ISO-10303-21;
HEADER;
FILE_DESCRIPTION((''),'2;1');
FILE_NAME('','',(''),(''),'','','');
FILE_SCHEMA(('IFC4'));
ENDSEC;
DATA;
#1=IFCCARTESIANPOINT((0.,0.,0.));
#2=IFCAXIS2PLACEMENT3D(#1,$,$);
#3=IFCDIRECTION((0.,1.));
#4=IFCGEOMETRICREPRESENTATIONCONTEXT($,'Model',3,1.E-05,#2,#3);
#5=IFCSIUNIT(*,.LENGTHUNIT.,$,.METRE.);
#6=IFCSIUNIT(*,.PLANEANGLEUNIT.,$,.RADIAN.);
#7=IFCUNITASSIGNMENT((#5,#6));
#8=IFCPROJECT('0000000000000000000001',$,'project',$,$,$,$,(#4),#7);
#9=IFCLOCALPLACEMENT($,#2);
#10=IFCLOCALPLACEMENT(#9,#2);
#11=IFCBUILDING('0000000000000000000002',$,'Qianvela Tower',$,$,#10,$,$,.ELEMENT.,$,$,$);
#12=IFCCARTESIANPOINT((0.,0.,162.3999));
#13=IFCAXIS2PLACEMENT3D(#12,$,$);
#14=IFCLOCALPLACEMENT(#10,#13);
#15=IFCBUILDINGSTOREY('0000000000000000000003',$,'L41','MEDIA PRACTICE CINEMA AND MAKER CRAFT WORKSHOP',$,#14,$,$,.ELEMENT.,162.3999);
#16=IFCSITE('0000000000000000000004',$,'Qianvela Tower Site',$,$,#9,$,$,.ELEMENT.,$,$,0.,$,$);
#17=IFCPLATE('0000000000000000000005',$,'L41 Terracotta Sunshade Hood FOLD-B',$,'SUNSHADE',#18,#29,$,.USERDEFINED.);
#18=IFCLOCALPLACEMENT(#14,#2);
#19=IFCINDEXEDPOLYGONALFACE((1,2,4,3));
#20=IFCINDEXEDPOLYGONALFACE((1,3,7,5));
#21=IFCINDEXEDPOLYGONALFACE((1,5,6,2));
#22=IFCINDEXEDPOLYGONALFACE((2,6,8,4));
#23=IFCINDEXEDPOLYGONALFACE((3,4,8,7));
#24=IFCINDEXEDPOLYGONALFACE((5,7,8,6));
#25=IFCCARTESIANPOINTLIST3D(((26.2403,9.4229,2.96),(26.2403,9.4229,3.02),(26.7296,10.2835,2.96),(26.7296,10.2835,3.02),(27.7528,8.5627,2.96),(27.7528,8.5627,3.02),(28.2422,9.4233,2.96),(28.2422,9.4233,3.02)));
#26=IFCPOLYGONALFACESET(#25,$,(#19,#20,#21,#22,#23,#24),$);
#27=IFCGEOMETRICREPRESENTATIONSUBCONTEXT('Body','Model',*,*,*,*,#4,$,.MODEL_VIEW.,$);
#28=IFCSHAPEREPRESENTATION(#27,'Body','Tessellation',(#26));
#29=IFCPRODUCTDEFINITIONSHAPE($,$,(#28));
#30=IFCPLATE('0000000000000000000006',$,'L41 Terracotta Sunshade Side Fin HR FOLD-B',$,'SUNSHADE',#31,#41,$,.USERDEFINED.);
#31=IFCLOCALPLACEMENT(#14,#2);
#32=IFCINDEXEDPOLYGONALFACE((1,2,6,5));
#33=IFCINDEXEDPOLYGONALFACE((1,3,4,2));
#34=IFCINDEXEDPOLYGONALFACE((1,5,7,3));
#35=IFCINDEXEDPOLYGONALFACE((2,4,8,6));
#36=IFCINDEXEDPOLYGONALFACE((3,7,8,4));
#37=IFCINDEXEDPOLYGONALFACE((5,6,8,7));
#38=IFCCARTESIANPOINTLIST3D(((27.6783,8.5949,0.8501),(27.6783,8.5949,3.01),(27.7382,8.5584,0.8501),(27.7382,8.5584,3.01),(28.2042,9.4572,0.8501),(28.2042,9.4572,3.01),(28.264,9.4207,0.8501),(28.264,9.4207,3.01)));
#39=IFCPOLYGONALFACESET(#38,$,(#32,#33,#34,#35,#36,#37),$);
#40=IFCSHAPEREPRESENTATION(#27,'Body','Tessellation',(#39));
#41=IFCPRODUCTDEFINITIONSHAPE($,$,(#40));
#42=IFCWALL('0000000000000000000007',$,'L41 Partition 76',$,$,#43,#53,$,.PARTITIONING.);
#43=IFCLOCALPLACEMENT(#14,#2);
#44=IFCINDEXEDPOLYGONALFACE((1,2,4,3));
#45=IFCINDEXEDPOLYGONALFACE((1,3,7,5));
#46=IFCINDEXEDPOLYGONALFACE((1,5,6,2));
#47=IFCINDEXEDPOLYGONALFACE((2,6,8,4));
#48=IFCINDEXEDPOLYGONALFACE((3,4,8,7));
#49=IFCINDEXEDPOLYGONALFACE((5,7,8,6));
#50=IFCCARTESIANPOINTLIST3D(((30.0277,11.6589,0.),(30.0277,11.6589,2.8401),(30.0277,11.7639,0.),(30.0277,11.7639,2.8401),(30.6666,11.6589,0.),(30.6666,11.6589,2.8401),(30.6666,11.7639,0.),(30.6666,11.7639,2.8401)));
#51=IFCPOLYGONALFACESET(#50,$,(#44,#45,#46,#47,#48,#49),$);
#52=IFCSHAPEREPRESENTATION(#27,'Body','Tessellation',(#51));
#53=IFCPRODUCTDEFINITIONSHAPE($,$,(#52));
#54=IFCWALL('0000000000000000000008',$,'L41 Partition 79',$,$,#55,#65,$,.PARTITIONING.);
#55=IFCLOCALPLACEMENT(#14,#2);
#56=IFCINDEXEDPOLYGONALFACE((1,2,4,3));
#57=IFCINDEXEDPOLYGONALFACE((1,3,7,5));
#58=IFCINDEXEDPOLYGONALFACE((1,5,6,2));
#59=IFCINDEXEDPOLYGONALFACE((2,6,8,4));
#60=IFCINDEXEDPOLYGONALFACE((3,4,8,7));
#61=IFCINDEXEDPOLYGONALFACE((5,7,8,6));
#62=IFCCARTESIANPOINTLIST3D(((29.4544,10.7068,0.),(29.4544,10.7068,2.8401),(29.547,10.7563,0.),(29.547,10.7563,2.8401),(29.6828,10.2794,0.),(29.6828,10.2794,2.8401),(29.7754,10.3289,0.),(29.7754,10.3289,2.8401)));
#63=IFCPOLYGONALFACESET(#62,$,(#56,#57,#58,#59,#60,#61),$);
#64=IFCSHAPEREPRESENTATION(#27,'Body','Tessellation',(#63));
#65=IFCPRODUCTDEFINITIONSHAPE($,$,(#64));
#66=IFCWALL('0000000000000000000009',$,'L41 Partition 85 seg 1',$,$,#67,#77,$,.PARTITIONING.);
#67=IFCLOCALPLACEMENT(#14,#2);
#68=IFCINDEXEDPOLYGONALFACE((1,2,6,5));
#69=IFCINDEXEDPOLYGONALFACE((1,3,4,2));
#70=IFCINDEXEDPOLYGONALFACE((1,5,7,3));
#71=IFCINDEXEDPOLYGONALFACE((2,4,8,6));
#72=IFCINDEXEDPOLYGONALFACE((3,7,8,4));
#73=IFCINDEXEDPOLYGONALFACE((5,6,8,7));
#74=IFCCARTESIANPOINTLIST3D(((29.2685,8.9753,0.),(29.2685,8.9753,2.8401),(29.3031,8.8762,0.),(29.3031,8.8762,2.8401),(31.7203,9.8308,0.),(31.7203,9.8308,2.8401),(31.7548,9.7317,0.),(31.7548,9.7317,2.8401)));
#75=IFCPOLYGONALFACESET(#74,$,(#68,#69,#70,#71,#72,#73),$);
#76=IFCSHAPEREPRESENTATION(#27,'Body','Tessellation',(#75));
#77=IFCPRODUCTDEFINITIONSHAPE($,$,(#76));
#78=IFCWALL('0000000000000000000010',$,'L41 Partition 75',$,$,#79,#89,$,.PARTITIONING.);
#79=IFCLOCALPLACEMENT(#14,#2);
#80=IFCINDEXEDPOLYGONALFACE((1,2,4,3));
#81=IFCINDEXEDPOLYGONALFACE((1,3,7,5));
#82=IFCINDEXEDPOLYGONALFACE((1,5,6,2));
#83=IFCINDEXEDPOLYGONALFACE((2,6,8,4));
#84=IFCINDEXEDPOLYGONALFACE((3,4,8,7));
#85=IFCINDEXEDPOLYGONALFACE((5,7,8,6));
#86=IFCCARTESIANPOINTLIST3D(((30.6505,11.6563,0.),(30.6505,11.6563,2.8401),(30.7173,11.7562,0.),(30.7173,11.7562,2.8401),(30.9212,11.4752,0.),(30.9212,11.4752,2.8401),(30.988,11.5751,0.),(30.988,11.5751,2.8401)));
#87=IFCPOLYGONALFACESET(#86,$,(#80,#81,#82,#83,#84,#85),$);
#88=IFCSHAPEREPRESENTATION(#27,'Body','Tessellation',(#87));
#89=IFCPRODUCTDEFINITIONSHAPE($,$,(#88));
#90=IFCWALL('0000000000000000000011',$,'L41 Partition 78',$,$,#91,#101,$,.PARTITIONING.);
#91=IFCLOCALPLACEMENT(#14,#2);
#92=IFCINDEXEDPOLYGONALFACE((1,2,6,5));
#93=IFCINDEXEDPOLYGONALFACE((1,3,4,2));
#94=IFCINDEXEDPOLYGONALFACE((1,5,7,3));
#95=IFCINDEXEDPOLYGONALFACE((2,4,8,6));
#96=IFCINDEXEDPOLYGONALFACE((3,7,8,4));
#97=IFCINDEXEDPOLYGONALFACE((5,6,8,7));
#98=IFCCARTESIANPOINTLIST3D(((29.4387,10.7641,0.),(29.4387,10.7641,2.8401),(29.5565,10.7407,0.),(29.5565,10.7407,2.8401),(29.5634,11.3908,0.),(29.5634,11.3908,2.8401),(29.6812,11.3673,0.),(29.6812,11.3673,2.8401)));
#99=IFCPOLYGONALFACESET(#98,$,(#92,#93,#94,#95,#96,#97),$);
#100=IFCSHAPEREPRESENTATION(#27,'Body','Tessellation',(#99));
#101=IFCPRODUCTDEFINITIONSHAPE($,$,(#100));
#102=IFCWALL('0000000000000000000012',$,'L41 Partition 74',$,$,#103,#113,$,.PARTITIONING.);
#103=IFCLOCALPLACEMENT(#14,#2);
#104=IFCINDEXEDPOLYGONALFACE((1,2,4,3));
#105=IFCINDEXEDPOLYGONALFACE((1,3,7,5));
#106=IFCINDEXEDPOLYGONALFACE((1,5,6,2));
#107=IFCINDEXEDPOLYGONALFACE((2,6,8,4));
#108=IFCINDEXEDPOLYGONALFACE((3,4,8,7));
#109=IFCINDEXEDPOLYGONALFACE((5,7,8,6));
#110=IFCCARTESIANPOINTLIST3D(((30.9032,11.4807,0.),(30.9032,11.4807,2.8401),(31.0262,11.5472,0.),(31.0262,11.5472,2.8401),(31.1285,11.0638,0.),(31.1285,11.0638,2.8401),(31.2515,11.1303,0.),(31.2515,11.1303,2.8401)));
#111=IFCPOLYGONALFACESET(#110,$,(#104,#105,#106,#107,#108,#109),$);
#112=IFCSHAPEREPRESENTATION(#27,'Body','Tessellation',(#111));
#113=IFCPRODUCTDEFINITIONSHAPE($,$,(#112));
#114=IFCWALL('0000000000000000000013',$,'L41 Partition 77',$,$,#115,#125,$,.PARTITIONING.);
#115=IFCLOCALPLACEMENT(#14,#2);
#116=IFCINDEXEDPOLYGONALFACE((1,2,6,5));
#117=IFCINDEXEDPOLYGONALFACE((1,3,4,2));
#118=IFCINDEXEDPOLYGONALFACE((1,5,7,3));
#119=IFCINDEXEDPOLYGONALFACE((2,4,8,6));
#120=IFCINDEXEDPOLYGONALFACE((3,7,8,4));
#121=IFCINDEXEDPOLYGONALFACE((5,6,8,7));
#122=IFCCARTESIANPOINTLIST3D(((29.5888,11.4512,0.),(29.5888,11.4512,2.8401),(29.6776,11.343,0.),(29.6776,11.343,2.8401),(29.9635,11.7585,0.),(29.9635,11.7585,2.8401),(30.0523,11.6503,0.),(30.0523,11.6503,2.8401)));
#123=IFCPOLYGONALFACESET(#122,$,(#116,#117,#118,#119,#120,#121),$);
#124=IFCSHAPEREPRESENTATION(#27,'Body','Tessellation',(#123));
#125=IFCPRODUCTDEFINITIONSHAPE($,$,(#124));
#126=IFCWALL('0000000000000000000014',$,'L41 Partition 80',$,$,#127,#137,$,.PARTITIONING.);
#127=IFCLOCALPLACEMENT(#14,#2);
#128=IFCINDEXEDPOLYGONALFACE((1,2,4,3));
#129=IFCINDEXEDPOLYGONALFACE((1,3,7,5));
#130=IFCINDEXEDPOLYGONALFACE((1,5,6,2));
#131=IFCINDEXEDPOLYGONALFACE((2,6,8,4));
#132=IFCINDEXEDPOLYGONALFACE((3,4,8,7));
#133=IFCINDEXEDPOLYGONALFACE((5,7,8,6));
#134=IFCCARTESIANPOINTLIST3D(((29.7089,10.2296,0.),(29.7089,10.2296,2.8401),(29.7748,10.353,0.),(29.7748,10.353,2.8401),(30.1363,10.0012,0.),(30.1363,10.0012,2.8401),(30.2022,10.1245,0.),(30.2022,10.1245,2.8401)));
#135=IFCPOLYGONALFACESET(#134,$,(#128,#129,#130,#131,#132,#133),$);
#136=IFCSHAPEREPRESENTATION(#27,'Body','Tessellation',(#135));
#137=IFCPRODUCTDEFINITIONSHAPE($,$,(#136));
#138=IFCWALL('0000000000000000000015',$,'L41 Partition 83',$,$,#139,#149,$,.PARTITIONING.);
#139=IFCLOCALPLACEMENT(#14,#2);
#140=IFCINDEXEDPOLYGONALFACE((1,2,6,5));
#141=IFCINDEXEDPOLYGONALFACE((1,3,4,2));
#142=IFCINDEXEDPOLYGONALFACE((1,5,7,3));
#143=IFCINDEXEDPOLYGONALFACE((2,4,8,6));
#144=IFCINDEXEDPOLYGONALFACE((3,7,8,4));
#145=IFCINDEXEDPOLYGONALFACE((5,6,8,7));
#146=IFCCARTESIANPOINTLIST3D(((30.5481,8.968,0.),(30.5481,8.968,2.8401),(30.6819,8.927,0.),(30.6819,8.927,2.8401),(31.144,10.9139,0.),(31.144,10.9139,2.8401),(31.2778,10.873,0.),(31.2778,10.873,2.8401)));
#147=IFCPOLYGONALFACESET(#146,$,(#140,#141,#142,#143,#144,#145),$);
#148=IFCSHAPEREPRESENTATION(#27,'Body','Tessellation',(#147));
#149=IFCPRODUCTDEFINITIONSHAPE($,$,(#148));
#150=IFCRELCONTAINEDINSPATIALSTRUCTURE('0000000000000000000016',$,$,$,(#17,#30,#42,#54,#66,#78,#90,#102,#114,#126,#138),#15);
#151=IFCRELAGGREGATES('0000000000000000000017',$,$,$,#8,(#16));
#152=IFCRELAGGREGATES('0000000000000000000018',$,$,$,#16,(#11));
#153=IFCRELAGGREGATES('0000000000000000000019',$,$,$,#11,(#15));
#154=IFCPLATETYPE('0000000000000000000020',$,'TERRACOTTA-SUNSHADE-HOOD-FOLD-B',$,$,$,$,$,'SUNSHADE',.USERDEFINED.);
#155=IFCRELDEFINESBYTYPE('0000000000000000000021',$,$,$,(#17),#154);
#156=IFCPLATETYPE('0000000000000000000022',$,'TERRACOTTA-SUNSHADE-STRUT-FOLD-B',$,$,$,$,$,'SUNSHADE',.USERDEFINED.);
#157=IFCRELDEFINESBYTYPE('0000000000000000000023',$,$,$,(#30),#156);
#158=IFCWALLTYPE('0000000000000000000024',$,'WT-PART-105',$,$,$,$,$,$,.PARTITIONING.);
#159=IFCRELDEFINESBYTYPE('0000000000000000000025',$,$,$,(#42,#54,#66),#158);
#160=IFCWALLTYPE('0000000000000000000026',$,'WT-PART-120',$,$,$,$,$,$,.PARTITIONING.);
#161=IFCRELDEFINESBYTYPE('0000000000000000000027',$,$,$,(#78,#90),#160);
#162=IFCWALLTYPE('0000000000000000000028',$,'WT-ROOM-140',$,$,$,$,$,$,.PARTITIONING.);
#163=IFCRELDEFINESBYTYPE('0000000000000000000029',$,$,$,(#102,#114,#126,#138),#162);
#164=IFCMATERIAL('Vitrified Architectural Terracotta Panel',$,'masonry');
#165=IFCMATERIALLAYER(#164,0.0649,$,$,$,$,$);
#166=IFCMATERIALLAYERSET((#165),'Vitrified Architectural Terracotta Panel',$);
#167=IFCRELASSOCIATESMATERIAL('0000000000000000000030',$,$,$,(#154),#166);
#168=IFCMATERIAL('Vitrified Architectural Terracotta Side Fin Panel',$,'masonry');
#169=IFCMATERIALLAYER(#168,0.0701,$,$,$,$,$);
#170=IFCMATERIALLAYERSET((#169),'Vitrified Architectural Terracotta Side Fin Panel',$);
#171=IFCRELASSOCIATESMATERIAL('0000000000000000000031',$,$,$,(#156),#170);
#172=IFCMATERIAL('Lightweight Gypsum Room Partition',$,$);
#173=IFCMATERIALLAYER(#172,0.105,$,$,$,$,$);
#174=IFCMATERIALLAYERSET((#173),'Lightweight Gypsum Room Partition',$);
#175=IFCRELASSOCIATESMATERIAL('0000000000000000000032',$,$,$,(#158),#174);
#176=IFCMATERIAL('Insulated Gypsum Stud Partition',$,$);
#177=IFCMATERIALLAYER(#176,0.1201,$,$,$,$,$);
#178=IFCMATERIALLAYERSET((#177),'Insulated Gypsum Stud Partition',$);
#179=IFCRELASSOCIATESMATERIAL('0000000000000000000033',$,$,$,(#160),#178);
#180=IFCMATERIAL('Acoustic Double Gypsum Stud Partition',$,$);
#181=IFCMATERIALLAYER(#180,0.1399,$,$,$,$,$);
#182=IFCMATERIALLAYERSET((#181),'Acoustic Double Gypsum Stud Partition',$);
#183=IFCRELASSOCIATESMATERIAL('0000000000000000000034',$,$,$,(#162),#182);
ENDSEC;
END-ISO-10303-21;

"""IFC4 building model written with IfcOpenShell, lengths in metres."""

from ifc_helpers import new_model, si_unit, direction, frame, frame_2d, origin, origin_2d, place, context, subcontext, project, spatial, rectangle, extrude, material, layer, layer_set, type_object, element, save


model = new_model("IFC4")

# Units and contexts
model_context = context("Model", 3, precision=1e-05, world=origin(), true_north=direction((0.0, 1.0)))
body_context = subcontext(model_context, "Body", "Model", "MODEL_VIEW")
ifc_project = project(units=[si_unit("LENGTHUNIT", "METRE"), si_unit("PLANEANGLEUNIT", "RADIAN")], contexts=[model_context])

# Site, building, storey
site_placement = place(None, origin())
site = spatial("IfcSite", under=ifc_project, at=site_placement, Name="Qianvela Tower Site", CompositionType="ELEMENT", RefElevation=0.0)
building_placement = place(site_placement, origin())
building = spatial("IfcBuilding", under=site, at=building_placement, Name="Qianvela Tower", CompositionType="ELEMENT")
storey_placement = place(building_placement, frame((0.0, 0.0, 162.3999)))
storey = spatial("IfcBuildingStorey", under=building, at=storey_placement, Name="L41", Description="MEDIA PRACTICE CINEMA AND MAKER CRAFT WORKSHOP", CompositionType="ELEMENT", Elevation=162.3999)

# Plates
ifc_material_1 = material(Name="Vitrified Architectural Terracotta Panel", Category="masonry")
ifc_layer_1 = layer(ifc_material_1, 0.0649)
ifc_layer_set_1 = layer_set([ifc_layer_1], Name="Vitrified Architectural Terracotta Panel")
plate_type_1 = type_object("IfcPlateType", Name="TERRACOTTA-SUNSHADE-HOOD-FOLD-B", ElementType="SUNSHADE", PredefinedType="USERDEFINED", material=ifc_layer_set_1)
plate_1_placement = place(storey_placement, frame((27.2412, 9.4231, 2.96), z_axis=(0.0, 0.0, 1.0), x_axis=(0.869268, -0.494341, 0.0)))
element("IfcPlate", 1, at=plate_1_placement, inside=storey, type_object=plate_type_1, Name="L41 Terracotta Sunshade Hood FOLD-B", ObjectType="SUNSHADE", PredefinedType="USERDEFINED", context=body_context, shape_type="SweptSolid", body=[
    extrude(rectangle(XDim=1.74, YDim=0.99, at=origin_2d()), origin(), (0.0, 0.0, 1.0), 0.0601),
])
ifc_material_2 = material(Name="Vitrified Architectural Terracotta Side Fin Panel", Category="masonry")
ifc_layer_2 = layer(ifc_material_2, 0.0701)
ifc_layer_set_2 = layer_set([ifc_layer_2], Name="Vitrified Architectural Terracotta Side Fin Panel")
plate_type_2 = type_object("IfcPlateType", Name="TERRACOTTA-SUNSHADE-STRUT-FOLD-B", ElementType="SUNSHADE", PredefinedType="USERDEFINED", material=ifc_layer_set_2)
plate_2_placement = place(storey_placement, frame((27.9712, 9.0078, 0.8501), z_axis=(0.0, 0.0, 1.0), x_axis=(0.853766, -0.520657, 0.0)))
element("IfcPlate", 2, at=plate_2_placement, inside=storey, type_object=plate_type_2, Name="L41 Terracotta Sunshade Side Fin HR FOLD-B", ObjectType="SUNSHADE", PredefinedType="USERDEFINED", context=body_context, shape_type="SweptSolid", body=[
    extrude(rectangle(XDim=0.0701, YDim=1.01, at=origin_2d()), origin(), (0.0, 0.0, 1.0), 2.1599),
])

# Walls
ifc_material_3 = material(Name="Lightweight Gypsum Room Partition")
ifc_layer_3 = layer(ifc_material_3, 0.105)
ifc_layer_set_3 = layer_set([ifc_layer_3], Name="Lightweight Gypsum Room Partition")
wall_type_1 = type_object("IfcWallType", Name="WT-PART-105", PredefinedType="PARTITIONING", material=ifc_layer_set_3)
wall_1_placement = place(storey_placement, frame((30.6665, 11.7114, 0.0), z_axis=(0.0, 0.0, 1.0), x_axis=(-1.0, 0.0, 0.0)))
element("IfcWall", 3, at=wall_1_placement, inside=storey, type_object=wall_type_1, Name="L41 Partition 76", PredefinedType="PARTITIONING", context=body_context, shape_type="SweptSolid", body=[
    extrude(rectangle(XDim=0.6389, YDim=0.105, at=frame_2d((0.3193, 0.0))), origin(), (0.0, 0.0, 1.0), 2.8401),
])
wall_2_placement = place(storey_placement, frame((29.5007, 10.7314, 0.0), z_axis=(0.0, 0.0, 1.0), x_axis=(0.471425, -0.881906, 0.0)))
element("IfcWall", 4, at=wall_2_placement, inside=storey, type_object=wall_type_1, Name="L41 Partition 79", PredefinedType="PARTITIONING", context=body_context, shape_type="SweptSolid", body=[
    extrude(rectangle(XDim=0.4846, YDim=0.105, at=frame_2d((0.2422, 0.0))), origin(), (0.0, 0.0, 1.0), 2.8401),
])
wall_3_placement = place(storey_placement, frame((31.7375, 9.7812, 0.0), z_axis=(0.0, 0.0, 1.0), x_axis=(-0.944172, -0.329454, 0.0)))
element("IfcWall", 5, at=wall_3_placement, inside=storey, type_object=wall_type_1, Name="L41 Partition 85 seg 1", PredefinedType="PARTITIONING", context=body_context, shape_type="SweptSolid", body=[
    extrude(rectangle(XDim=2.5967, YDim=0.105, at=frame_2d((1.2983, 0.0))), origin(), (0.0, 0.0, 1.0), 2.8401),
])
ifc_material_4 = material(Name="Insulated Gypsum Stud Partition")
ifc_layer_4 = layer(ifc_material_4, 0.1201)
ifc_layer_set_4 = layer_set([ifc_layer_4], Name="Insulated Gypsum Stud Partition")
wall_type_2 = type_object("IfcWallType", Name="WT-PART-120", PredefinedType="PARTITIONING", material=ifc_layer_set_4)
wall_4_placement = place(storey_placement, frame((30.9546, 11.5251, 0.0), z_axis=(0.0, 0.0, 1.0), x_axis=(-0.831127, 0.556083, 0.0)))
element("IfcWall", 6, at=wall_4_placement, inside=storey, type_object=wall_type_2, Name="L41 Partition 75", PredefinedType="PARTITIONING", context=body_context, shape_type="SweptSolid", body=[
    extrude(rectangle(XDim=0.3257, YDim=0.1201, at=frame_2d((0.1628, 0.0))), origin(), (0.0, 0.0, 1.0), 2.8401),
])
wall_5_placement = place(storey_placement, frame((29.6223, 11.3789, 0.0), z_axis=(0.0, 0.0, 1.0), x_axis=(-0.195234, -0.980757, 0.0)))
element("IfcWall", 7, at=wall_5_placement, inside=storey, type_object=wall_type_2, Name="L41 Partition 78", PredefinedType="PARTITIONING", context=body_context, shape_type="SweptSolid", body=[
    extrude(rectangle(XDim=0.6389, YDim=0.1201, at=frame_2d((0.3193, 0.0))), origin(), (0.0, 0.0, 1.0), 2.8401),
])
ifc_material_5 = material(Name="Acoustic Double Gypsum Stud Partition")
ifc_layer_5 = layer(ifc_material_5, 0.1399)
ifc_layer_set_5 = layer_set([ifc_layer_5], Name="Acoustic Double Gypsum Stud Partition")
wall_type_3 = type_object("IfcWallType", Name="WT-ROOM-140", PredefinedType="PARTITIONING", material=ifc_layer_set_5)
wall_6_placement = place(storey_placement, frame((31.1899, 11.0972, 0.0), z_axis=(0.0, 0.0, 1.0), x_axis=(-0.47542, 0.879759, 0.0)))
element("IfcWall", 8, at=wall_6_placement, inside=storey, type_object=wall_type_3, Name="L41 Partition 74", PredefinedType="PARTITIONING", context=body_context, shape_type="SweptSolid", body=[
    extrude(rectangle(XDim=0.4739, YDim=0.1399, at=frame_2d((0.2368, 0.0))), origin(), (0.0, 0.0, 1.0), 2.8401),
])
for number, where, z_axis, x_axis, name in (
    (9, (30.0078, 11.7043, 0.0), (0.0, 0.0, 1.0), (-0.773194, -0.63417, 0.0), "L41 Partition 77"),
    (10, (29.7419, 10.2913, 0.0), (0.0, 0.0, 1.0), (0.881906, -0.471425, 0.0), "L41 Partition 80"),
):
    element("IfcWall", number, at=place(storey_placement, frame(where, z_axis=z_axis, x_axis=x_axis)), inside=storey, type_object=wall_type_3, Name=name, PredefinedType="PARTITIONING", context=body_context, shape_type="SweptSolid", body=[
        extrude(rectangle(XDim=0.4846, YDim=0.1399, at=frame_2d((0.2422, 0.0))), origin(), (0.0, 0.0, 1.0), 2.8401),
    ])
wall_7_placement = place(storey_placement, frame((30.615, 8.9475, 0.0), z_axis=(0.0, 0.0, 1.0), x_axis=(0.292813, 0.95617, 0.0)))
element("IfcWall", 11, at=wall_7_placement, inside=storey, type_object=wall_type_3, Name="L41 Partition 83", PredefinedType="PARTITIONING", context=body_context, shape_type="SweptSolid", body=[
    extrude(rectangle(XDim=2.0352, YDim=0.1399, at=frame_2d((1.0176, 0.0))), origin(), (0.0, 0.0, 1.0), 2.8401),
])

save(model, "model.ifc")
